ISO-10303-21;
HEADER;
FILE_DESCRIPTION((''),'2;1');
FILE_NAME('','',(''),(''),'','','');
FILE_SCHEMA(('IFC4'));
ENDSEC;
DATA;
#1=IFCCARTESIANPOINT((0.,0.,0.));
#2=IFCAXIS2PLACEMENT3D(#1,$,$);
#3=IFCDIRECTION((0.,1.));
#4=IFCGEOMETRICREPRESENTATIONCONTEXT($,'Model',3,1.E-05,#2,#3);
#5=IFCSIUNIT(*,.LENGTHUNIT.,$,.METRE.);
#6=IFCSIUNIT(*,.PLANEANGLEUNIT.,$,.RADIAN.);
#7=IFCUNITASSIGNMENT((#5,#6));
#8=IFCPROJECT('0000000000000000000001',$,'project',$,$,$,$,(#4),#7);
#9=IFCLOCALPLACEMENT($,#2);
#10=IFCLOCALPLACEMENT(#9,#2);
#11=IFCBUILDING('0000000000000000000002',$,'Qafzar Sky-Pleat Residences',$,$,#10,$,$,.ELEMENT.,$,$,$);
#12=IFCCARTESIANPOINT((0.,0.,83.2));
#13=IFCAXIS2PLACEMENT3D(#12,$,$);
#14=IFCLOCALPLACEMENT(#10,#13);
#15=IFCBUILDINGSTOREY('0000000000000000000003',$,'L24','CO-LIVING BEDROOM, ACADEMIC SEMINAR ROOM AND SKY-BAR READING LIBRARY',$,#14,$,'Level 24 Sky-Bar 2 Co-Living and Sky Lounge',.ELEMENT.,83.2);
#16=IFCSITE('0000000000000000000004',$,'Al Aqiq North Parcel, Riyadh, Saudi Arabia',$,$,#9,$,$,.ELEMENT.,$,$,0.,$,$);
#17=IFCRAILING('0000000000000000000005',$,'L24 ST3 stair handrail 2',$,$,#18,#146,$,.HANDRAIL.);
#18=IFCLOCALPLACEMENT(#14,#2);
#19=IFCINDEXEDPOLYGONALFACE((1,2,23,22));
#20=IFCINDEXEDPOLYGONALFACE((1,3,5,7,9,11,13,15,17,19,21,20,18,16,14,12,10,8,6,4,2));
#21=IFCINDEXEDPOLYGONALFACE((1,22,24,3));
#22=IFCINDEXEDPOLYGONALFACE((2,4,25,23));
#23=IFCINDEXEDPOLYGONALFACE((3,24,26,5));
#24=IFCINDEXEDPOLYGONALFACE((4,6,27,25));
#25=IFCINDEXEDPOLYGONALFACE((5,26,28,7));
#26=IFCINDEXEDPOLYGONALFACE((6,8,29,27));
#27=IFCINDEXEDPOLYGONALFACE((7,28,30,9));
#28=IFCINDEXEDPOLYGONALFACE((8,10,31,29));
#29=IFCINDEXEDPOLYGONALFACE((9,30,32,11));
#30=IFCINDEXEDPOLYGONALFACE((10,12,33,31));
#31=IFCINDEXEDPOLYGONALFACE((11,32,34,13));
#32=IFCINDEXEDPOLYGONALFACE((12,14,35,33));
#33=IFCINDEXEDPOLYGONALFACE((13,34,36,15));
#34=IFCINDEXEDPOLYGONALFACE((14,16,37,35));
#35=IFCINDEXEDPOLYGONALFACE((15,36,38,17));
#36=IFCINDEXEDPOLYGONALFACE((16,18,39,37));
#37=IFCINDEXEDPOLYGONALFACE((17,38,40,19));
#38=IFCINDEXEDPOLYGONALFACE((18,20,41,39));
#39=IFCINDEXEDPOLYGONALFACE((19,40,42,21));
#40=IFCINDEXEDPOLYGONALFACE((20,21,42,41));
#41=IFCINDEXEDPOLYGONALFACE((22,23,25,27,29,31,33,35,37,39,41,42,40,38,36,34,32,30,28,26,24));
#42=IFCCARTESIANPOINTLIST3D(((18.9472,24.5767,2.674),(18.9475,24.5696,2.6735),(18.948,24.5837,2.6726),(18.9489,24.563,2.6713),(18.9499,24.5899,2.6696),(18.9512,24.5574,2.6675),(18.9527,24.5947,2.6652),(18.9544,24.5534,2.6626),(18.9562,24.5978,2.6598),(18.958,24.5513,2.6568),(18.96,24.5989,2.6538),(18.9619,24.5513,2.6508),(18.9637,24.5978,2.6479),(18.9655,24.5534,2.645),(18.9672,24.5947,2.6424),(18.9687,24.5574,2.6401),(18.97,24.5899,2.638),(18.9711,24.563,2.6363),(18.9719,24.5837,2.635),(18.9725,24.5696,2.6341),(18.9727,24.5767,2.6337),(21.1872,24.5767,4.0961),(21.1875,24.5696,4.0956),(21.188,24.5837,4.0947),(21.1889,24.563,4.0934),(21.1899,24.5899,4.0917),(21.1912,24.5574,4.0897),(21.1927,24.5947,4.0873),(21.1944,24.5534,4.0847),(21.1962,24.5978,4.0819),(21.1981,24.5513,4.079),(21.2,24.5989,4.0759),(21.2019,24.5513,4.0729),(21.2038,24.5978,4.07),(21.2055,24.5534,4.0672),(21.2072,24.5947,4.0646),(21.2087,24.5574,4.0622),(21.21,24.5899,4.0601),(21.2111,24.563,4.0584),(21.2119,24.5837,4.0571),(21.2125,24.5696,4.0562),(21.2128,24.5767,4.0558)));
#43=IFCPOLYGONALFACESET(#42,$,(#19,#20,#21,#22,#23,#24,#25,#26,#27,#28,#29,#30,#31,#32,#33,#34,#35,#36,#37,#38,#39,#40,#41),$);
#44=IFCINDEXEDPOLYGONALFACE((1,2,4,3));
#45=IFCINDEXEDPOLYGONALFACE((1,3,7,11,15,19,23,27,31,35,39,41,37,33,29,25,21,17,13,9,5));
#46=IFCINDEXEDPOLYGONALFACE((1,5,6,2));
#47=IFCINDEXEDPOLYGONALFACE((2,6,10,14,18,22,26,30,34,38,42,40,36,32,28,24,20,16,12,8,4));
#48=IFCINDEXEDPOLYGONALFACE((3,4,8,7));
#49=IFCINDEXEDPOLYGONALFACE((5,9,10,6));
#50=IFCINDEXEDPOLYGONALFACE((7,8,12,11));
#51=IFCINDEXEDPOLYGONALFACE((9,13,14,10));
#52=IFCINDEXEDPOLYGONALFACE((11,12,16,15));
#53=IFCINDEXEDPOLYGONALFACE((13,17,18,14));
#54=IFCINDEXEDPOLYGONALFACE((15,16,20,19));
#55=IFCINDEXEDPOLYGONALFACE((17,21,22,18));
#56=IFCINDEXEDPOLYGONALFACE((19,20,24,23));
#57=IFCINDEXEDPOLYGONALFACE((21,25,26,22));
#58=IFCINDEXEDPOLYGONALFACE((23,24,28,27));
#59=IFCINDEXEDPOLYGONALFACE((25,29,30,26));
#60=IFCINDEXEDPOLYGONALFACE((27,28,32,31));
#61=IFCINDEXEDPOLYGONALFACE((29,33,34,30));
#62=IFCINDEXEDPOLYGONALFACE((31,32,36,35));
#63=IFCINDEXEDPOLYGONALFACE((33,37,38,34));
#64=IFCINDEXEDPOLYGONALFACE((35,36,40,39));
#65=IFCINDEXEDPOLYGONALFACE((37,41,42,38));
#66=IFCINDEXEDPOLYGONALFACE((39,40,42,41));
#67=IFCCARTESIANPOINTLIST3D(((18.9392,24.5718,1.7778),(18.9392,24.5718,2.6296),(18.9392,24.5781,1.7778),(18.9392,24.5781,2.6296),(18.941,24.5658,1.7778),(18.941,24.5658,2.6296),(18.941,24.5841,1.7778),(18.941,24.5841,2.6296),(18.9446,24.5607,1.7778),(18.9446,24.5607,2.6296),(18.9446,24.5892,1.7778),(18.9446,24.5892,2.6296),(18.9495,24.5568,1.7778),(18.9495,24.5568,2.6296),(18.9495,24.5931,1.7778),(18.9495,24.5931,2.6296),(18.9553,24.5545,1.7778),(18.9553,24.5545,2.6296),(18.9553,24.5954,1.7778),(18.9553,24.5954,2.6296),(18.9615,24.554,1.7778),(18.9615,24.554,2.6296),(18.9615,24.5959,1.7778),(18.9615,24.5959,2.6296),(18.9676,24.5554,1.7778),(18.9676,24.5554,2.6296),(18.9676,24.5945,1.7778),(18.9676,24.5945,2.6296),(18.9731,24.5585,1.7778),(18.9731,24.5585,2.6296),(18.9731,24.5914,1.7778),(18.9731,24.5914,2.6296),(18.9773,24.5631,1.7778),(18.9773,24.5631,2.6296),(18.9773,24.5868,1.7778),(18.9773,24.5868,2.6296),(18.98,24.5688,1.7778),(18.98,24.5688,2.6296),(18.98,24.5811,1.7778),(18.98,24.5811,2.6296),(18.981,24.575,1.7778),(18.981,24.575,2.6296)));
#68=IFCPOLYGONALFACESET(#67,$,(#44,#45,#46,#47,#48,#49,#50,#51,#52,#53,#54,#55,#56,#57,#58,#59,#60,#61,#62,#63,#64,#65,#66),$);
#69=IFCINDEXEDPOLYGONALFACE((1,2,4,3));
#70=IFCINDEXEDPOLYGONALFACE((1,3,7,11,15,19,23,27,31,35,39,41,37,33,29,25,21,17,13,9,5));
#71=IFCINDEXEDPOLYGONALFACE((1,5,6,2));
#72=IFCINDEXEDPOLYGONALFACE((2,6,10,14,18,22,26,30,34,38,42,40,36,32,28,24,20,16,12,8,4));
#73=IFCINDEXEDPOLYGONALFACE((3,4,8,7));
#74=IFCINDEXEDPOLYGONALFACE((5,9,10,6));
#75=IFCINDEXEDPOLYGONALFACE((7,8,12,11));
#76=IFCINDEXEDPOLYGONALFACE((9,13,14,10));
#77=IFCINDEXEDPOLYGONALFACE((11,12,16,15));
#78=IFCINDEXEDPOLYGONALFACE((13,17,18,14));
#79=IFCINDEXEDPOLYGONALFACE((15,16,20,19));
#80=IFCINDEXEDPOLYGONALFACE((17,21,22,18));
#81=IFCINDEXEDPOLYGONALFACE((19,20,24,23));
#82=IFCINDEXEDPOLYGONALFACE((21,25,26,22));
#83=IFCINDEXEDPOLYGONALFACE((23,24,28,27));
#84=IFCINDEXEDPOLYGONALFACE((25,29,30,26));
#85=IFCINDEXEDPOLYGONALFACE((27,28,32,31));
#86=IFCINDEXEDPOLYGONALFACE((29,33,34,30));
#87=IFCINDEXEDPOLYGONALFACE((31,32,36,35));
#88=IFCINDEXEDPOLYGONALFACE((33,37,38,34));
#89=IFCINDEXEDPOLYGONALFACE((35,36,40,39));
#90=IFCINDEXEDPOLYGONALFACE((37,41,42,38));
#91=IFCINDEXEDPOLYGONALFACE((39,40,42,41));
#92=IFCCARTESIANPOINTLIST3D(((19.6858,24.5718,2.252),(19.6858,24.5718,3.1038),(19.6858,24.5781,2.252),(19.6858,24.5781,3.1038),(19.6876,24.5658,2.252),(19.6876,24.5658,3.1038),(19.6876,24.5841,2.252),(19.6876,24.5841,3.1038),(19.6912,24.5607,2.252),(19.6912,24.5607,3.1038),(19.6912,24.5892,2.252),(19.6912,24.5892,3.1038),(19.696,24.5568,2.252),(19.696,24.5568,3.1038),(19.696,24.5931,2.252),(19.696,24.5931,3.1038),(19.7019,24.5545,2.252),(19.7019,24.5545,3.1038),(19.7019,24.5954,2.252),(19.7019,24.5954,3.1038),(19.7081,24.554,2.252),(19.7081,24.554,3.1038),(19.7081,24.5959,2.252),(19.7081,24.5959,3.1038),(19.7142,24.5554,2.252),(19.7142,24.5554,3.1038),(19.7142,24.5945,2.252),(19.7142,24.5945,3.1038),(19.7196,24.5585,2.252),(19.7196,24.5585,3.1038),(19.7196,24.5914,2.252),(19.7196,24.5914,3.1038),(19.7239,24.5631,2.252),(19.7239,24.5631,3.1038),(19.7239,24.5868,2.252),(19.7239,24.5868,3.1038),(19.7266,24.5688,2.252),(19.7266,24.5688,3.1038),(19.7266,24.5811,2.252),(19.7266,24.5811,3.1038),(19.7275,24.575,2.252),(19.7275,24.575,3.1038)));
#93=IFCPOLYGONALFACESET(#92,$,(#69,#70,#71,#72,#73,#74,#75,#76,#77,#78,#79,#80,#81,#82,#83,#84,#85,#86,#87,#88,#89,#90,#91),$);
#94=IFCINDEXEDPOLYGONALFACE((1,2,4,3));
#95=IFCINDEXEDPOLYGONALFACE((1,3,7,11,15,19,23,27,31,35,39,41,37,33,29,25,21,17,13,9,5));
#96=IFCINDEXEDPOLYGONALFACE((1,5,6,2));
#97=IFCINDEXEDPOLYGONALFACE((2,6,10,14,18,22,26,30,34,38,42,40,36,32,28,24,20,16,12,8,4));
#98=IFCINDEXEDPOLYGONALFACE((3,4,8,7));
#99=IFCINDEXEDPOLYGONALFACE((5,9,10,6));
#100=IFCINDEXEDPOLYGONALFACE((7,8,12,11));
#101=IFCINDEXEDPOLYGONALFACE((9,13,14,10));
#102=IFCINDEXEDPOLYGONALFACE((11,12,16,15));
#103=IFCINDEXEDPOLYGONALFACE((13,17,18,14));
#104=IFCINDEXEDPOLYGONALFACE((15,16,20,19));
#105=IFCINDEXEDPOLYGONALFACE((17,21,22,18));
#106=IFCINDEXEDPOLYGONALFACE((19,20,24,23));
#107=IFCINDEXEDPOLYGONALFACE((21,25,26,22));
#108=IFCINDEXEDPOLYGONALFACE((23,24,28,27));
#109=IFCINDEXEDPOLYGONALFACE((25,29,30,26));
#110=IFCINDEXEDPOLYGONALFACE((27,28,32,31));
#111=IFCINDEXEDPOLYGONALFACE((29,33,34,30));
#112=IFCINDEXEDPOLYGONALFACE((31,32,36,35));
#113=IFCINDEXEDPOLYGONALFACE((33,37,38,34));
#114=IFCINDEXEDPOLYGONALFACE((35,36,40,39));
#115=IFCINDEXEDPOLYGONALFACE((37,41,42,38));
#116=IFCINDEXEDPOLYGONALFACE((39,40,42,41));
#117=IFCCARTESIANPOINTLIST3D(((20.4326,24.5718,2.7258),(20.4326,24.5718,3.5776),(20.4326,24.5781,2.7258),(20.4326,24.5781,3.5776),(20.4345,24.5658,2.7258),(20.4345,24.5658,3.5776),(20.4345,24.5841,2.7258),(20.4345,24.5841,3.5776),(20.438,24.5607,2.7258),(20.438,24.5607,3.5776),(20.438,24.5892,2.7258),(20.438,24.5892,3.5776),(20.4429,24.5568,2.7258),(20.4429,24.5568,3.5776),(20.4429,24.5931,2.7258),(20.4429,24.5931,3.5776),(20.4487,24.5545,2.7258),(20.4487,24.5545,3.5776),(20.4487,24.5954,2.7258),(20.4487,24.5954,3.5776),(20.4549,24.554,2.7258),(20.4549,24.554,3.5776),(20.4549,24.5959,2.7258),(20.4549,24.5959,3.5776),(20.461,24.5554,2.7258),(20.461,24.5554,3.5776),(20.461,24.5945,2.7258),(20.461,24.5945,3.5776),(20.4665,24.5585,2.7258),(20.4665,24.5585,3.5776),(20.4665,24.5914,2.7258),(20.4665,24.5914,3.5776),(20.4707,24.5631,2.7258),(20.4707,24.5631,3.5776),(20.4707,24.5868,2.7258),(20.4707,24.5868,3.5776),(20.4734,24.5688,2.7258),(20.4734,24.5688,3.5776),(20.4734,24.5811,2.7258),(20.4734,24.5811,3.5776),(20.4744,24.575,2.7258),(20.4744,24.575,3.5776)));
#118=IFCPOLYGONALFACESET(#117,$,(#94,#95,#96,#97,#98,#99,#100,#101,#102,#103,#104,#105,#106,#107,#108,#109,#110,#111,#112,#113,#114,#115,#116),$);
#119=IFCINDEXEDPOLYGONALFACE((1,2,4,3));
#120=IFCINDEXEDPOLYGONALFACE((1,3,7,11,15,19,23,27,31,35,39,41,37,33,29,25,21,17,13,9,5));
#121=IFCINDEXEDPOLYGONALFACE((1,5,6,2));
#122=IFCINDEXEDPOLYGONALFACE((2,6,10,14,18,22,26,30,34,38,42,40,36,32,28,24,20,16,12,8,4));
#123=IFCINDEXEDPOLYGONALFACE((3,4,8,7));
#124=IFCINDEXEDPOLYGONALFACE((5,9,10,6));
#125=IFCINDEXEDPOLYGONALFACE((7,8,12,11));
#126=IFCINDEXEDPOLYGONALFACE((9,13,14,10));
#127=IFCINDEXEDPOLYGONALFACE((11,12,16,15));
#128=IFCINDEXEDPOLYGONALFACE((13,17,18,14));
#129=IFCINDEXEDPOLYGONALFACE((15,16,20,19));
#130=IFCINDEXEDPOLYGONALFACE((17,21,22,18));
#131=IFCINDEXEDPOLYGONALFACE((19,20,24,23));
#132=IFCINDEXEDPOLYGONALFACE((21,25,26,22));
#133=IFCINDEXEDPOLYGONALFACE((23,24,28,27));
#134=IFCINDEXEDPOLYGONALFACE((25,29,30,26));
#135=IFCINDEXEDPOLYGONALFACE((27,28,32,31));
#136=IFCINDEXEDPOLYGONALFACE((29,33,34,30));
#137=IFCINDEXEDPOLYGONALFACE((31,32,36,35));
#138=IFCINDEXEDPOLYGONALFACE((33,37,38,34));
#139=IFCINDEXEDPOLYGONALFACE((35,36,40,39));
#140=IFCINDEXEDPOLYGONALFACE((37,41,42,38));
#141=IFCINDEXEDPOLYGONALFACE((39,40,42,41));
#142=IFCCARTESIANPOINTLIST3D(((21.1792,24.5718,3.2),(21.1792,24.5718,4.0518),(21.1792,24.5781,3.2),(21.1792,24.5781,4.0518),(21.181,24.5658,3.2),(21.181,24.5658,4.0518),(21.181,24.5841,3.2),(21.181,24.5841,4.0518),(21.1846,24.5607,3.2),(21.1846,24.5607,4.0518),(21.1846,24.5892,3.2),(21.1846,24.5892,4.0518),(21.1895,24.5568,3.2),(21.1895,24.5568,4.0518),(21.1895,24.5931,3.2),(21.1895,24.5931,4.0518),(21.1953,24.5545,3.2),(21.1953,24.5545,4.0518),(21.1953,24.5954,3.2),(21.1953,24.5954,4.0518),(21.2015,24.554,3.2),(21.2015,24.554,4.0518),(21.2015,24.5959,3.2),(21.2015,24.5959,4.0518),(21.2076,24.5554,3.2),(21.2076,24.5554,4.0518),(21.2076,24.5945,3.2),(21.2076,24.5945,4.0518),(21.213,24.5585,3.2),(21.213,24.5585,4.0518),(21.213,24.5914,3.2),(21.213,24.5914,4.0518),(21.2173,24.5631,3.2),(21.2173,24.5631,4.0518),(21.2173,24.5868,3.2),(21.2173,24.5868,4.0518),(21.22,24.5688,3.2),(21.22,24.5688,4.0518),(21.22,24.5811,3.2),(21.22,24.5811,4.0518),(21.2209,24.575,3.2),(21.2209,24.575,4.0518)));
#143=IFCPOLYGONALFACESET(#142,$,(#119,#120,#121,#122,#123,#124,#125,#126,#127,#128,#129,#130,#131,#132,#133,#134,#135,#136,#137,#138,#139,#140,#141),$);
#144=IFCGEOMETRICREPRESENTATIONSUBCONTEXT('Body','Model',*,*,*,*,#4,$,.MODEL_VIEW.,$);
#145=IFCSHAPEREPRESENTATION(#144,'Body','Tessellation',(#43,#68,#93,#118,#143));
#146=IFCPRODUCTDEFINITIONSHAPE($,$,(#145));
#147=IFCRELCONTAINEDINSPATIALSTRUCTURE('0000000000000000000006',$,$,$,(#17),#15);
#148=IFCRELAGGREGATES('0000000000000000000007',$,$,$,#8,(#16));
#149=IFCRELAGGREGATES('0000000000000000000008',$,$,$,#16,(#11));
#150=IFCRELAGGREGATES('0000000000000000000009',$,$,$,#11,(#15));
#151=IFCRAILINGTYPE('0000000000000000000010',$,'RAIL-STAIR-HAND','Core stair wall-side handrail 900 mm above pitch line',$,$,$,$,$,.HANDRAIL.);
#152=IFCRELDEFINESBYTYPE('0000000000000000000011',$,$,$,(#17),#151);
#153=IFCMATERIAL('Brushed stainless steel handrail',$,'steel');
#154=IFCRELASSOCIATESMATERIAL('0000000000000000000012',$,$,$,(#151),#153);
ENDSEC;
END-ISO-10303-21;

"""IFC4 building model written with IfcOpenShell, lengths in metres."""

from ifc_helpers import new_model, si_unit, direction, frame, origin, origin_2d, place, context, subcontext, project, spatial, circle, extrude, source, transform, mapped, material, type_object, element, save


model = new_model("IFC4")

# Units and contexts
model_context = context("Model", 3, precision=1e-05, world=origin(), true_north=direction((0.0, 1.0)))
body_context = subcontext(model_context, "Body", "Model", "MODEL_VIEW")
ifc_project = project(units=[si_unit("LENGTHUNIT", "METRE"), si_unit("PLANEANGLEUNIT", "RADIAN")], contexts=[model_context])

# Site, building, storey
site_placement = place(None, origin())
site = spatial("IfcSite", under=ifc_project, at=site_placement, Name="Al Aqiq North Parcel, Riyadh, Saudi Arabia", CompositionType="ELEMENT", RefElevation=0.0)
building_placement = place(site_placement, origin())
building = spatial("IfcBuilding", under=site, at=building_placement, Name="Qafzar Sky-Pleat Residences", CompositionType="ELEMENT")
storey_placement = place(building_placement, frame((0.0, 0.0, 83.2)))
storey = spatial("IfcBuildingStorey", under=building, at=storey_placement, Name="L24", Description="CO-LIVING BEDROOM, ACADEMIC SEMINAR ROOM AND SKY-BAR READING LIBRARY", LongName="Level 24 Sky-Bar 2 Co-Living and Sky Lounge", CompositionType="ELEMENT", Elevation=83.2)

# Railing
ifc_material_1 = material(Name="Brushed stainless steel handrail", Category="steel")
railing_type_1 = type_object("IfcRailingType", Name="RAIL-STAIR-HAND", Description="Core stair wall-side handrail 900 mm above pitch line", PredefinedType="HANDRAIL", material=ifc_material_1)
shared_shape_1 = source(origin(), body_context, "Body", "SweptSolid", [
    extrude(circle(Radius=0.0239, at=origin_2d()), frame((0.0, 0.0, 0.876), z_axis=(0.844229, 0.0, 0.535982), x_axis=(0.0, 1.0, 0.0)), (0.0, 0.0, 1.0), 2.6533),
    extrude(circle(Radius=0.021, at=origin_2d()), origin(), (0.0, 0.0, 1.0), 0.8518),
    extrude(circle(Radius=0.021, at=origin_2d()), frame((0.7466, 0.0, 0.4741)), (0.0, 0.0, 1.0), 0.8518),
    extrude(circle(Radius=0.021, at=origin_2d()), frame((1.4934, 0.0, 0.948)), (0.0, 0.0, 1.0), 0.8518),
    extrude(circle(Radius=0.021, at=origin_2d()), frame((2.24, 0.0, 1.4221)), (0.0, 0.0, 1.0), 0.8518),
])
railing_1_placement = place(storey_placement, frame((18.96, 24.575, 1.7778)))
element("IfcRailing", 1, at=railing_1_placement, inside=storey, type_object=railing_type_1, Name="L24 ST3 stair handrail 2", PredefinedType="HANDRAIL", context=body_context, shape_type="MappedRepresentation", body=[
    mapped(shared_shape_1, transform((0.0, 0.0, 0.0), x_axis=(1.0, 0.0, 0.0), y_axis=(0.0, 1.0, 0.0), z_axis=(0.0, 0.0, 1.0), scale=1.0)),
])

save(model, "model.ifc")
